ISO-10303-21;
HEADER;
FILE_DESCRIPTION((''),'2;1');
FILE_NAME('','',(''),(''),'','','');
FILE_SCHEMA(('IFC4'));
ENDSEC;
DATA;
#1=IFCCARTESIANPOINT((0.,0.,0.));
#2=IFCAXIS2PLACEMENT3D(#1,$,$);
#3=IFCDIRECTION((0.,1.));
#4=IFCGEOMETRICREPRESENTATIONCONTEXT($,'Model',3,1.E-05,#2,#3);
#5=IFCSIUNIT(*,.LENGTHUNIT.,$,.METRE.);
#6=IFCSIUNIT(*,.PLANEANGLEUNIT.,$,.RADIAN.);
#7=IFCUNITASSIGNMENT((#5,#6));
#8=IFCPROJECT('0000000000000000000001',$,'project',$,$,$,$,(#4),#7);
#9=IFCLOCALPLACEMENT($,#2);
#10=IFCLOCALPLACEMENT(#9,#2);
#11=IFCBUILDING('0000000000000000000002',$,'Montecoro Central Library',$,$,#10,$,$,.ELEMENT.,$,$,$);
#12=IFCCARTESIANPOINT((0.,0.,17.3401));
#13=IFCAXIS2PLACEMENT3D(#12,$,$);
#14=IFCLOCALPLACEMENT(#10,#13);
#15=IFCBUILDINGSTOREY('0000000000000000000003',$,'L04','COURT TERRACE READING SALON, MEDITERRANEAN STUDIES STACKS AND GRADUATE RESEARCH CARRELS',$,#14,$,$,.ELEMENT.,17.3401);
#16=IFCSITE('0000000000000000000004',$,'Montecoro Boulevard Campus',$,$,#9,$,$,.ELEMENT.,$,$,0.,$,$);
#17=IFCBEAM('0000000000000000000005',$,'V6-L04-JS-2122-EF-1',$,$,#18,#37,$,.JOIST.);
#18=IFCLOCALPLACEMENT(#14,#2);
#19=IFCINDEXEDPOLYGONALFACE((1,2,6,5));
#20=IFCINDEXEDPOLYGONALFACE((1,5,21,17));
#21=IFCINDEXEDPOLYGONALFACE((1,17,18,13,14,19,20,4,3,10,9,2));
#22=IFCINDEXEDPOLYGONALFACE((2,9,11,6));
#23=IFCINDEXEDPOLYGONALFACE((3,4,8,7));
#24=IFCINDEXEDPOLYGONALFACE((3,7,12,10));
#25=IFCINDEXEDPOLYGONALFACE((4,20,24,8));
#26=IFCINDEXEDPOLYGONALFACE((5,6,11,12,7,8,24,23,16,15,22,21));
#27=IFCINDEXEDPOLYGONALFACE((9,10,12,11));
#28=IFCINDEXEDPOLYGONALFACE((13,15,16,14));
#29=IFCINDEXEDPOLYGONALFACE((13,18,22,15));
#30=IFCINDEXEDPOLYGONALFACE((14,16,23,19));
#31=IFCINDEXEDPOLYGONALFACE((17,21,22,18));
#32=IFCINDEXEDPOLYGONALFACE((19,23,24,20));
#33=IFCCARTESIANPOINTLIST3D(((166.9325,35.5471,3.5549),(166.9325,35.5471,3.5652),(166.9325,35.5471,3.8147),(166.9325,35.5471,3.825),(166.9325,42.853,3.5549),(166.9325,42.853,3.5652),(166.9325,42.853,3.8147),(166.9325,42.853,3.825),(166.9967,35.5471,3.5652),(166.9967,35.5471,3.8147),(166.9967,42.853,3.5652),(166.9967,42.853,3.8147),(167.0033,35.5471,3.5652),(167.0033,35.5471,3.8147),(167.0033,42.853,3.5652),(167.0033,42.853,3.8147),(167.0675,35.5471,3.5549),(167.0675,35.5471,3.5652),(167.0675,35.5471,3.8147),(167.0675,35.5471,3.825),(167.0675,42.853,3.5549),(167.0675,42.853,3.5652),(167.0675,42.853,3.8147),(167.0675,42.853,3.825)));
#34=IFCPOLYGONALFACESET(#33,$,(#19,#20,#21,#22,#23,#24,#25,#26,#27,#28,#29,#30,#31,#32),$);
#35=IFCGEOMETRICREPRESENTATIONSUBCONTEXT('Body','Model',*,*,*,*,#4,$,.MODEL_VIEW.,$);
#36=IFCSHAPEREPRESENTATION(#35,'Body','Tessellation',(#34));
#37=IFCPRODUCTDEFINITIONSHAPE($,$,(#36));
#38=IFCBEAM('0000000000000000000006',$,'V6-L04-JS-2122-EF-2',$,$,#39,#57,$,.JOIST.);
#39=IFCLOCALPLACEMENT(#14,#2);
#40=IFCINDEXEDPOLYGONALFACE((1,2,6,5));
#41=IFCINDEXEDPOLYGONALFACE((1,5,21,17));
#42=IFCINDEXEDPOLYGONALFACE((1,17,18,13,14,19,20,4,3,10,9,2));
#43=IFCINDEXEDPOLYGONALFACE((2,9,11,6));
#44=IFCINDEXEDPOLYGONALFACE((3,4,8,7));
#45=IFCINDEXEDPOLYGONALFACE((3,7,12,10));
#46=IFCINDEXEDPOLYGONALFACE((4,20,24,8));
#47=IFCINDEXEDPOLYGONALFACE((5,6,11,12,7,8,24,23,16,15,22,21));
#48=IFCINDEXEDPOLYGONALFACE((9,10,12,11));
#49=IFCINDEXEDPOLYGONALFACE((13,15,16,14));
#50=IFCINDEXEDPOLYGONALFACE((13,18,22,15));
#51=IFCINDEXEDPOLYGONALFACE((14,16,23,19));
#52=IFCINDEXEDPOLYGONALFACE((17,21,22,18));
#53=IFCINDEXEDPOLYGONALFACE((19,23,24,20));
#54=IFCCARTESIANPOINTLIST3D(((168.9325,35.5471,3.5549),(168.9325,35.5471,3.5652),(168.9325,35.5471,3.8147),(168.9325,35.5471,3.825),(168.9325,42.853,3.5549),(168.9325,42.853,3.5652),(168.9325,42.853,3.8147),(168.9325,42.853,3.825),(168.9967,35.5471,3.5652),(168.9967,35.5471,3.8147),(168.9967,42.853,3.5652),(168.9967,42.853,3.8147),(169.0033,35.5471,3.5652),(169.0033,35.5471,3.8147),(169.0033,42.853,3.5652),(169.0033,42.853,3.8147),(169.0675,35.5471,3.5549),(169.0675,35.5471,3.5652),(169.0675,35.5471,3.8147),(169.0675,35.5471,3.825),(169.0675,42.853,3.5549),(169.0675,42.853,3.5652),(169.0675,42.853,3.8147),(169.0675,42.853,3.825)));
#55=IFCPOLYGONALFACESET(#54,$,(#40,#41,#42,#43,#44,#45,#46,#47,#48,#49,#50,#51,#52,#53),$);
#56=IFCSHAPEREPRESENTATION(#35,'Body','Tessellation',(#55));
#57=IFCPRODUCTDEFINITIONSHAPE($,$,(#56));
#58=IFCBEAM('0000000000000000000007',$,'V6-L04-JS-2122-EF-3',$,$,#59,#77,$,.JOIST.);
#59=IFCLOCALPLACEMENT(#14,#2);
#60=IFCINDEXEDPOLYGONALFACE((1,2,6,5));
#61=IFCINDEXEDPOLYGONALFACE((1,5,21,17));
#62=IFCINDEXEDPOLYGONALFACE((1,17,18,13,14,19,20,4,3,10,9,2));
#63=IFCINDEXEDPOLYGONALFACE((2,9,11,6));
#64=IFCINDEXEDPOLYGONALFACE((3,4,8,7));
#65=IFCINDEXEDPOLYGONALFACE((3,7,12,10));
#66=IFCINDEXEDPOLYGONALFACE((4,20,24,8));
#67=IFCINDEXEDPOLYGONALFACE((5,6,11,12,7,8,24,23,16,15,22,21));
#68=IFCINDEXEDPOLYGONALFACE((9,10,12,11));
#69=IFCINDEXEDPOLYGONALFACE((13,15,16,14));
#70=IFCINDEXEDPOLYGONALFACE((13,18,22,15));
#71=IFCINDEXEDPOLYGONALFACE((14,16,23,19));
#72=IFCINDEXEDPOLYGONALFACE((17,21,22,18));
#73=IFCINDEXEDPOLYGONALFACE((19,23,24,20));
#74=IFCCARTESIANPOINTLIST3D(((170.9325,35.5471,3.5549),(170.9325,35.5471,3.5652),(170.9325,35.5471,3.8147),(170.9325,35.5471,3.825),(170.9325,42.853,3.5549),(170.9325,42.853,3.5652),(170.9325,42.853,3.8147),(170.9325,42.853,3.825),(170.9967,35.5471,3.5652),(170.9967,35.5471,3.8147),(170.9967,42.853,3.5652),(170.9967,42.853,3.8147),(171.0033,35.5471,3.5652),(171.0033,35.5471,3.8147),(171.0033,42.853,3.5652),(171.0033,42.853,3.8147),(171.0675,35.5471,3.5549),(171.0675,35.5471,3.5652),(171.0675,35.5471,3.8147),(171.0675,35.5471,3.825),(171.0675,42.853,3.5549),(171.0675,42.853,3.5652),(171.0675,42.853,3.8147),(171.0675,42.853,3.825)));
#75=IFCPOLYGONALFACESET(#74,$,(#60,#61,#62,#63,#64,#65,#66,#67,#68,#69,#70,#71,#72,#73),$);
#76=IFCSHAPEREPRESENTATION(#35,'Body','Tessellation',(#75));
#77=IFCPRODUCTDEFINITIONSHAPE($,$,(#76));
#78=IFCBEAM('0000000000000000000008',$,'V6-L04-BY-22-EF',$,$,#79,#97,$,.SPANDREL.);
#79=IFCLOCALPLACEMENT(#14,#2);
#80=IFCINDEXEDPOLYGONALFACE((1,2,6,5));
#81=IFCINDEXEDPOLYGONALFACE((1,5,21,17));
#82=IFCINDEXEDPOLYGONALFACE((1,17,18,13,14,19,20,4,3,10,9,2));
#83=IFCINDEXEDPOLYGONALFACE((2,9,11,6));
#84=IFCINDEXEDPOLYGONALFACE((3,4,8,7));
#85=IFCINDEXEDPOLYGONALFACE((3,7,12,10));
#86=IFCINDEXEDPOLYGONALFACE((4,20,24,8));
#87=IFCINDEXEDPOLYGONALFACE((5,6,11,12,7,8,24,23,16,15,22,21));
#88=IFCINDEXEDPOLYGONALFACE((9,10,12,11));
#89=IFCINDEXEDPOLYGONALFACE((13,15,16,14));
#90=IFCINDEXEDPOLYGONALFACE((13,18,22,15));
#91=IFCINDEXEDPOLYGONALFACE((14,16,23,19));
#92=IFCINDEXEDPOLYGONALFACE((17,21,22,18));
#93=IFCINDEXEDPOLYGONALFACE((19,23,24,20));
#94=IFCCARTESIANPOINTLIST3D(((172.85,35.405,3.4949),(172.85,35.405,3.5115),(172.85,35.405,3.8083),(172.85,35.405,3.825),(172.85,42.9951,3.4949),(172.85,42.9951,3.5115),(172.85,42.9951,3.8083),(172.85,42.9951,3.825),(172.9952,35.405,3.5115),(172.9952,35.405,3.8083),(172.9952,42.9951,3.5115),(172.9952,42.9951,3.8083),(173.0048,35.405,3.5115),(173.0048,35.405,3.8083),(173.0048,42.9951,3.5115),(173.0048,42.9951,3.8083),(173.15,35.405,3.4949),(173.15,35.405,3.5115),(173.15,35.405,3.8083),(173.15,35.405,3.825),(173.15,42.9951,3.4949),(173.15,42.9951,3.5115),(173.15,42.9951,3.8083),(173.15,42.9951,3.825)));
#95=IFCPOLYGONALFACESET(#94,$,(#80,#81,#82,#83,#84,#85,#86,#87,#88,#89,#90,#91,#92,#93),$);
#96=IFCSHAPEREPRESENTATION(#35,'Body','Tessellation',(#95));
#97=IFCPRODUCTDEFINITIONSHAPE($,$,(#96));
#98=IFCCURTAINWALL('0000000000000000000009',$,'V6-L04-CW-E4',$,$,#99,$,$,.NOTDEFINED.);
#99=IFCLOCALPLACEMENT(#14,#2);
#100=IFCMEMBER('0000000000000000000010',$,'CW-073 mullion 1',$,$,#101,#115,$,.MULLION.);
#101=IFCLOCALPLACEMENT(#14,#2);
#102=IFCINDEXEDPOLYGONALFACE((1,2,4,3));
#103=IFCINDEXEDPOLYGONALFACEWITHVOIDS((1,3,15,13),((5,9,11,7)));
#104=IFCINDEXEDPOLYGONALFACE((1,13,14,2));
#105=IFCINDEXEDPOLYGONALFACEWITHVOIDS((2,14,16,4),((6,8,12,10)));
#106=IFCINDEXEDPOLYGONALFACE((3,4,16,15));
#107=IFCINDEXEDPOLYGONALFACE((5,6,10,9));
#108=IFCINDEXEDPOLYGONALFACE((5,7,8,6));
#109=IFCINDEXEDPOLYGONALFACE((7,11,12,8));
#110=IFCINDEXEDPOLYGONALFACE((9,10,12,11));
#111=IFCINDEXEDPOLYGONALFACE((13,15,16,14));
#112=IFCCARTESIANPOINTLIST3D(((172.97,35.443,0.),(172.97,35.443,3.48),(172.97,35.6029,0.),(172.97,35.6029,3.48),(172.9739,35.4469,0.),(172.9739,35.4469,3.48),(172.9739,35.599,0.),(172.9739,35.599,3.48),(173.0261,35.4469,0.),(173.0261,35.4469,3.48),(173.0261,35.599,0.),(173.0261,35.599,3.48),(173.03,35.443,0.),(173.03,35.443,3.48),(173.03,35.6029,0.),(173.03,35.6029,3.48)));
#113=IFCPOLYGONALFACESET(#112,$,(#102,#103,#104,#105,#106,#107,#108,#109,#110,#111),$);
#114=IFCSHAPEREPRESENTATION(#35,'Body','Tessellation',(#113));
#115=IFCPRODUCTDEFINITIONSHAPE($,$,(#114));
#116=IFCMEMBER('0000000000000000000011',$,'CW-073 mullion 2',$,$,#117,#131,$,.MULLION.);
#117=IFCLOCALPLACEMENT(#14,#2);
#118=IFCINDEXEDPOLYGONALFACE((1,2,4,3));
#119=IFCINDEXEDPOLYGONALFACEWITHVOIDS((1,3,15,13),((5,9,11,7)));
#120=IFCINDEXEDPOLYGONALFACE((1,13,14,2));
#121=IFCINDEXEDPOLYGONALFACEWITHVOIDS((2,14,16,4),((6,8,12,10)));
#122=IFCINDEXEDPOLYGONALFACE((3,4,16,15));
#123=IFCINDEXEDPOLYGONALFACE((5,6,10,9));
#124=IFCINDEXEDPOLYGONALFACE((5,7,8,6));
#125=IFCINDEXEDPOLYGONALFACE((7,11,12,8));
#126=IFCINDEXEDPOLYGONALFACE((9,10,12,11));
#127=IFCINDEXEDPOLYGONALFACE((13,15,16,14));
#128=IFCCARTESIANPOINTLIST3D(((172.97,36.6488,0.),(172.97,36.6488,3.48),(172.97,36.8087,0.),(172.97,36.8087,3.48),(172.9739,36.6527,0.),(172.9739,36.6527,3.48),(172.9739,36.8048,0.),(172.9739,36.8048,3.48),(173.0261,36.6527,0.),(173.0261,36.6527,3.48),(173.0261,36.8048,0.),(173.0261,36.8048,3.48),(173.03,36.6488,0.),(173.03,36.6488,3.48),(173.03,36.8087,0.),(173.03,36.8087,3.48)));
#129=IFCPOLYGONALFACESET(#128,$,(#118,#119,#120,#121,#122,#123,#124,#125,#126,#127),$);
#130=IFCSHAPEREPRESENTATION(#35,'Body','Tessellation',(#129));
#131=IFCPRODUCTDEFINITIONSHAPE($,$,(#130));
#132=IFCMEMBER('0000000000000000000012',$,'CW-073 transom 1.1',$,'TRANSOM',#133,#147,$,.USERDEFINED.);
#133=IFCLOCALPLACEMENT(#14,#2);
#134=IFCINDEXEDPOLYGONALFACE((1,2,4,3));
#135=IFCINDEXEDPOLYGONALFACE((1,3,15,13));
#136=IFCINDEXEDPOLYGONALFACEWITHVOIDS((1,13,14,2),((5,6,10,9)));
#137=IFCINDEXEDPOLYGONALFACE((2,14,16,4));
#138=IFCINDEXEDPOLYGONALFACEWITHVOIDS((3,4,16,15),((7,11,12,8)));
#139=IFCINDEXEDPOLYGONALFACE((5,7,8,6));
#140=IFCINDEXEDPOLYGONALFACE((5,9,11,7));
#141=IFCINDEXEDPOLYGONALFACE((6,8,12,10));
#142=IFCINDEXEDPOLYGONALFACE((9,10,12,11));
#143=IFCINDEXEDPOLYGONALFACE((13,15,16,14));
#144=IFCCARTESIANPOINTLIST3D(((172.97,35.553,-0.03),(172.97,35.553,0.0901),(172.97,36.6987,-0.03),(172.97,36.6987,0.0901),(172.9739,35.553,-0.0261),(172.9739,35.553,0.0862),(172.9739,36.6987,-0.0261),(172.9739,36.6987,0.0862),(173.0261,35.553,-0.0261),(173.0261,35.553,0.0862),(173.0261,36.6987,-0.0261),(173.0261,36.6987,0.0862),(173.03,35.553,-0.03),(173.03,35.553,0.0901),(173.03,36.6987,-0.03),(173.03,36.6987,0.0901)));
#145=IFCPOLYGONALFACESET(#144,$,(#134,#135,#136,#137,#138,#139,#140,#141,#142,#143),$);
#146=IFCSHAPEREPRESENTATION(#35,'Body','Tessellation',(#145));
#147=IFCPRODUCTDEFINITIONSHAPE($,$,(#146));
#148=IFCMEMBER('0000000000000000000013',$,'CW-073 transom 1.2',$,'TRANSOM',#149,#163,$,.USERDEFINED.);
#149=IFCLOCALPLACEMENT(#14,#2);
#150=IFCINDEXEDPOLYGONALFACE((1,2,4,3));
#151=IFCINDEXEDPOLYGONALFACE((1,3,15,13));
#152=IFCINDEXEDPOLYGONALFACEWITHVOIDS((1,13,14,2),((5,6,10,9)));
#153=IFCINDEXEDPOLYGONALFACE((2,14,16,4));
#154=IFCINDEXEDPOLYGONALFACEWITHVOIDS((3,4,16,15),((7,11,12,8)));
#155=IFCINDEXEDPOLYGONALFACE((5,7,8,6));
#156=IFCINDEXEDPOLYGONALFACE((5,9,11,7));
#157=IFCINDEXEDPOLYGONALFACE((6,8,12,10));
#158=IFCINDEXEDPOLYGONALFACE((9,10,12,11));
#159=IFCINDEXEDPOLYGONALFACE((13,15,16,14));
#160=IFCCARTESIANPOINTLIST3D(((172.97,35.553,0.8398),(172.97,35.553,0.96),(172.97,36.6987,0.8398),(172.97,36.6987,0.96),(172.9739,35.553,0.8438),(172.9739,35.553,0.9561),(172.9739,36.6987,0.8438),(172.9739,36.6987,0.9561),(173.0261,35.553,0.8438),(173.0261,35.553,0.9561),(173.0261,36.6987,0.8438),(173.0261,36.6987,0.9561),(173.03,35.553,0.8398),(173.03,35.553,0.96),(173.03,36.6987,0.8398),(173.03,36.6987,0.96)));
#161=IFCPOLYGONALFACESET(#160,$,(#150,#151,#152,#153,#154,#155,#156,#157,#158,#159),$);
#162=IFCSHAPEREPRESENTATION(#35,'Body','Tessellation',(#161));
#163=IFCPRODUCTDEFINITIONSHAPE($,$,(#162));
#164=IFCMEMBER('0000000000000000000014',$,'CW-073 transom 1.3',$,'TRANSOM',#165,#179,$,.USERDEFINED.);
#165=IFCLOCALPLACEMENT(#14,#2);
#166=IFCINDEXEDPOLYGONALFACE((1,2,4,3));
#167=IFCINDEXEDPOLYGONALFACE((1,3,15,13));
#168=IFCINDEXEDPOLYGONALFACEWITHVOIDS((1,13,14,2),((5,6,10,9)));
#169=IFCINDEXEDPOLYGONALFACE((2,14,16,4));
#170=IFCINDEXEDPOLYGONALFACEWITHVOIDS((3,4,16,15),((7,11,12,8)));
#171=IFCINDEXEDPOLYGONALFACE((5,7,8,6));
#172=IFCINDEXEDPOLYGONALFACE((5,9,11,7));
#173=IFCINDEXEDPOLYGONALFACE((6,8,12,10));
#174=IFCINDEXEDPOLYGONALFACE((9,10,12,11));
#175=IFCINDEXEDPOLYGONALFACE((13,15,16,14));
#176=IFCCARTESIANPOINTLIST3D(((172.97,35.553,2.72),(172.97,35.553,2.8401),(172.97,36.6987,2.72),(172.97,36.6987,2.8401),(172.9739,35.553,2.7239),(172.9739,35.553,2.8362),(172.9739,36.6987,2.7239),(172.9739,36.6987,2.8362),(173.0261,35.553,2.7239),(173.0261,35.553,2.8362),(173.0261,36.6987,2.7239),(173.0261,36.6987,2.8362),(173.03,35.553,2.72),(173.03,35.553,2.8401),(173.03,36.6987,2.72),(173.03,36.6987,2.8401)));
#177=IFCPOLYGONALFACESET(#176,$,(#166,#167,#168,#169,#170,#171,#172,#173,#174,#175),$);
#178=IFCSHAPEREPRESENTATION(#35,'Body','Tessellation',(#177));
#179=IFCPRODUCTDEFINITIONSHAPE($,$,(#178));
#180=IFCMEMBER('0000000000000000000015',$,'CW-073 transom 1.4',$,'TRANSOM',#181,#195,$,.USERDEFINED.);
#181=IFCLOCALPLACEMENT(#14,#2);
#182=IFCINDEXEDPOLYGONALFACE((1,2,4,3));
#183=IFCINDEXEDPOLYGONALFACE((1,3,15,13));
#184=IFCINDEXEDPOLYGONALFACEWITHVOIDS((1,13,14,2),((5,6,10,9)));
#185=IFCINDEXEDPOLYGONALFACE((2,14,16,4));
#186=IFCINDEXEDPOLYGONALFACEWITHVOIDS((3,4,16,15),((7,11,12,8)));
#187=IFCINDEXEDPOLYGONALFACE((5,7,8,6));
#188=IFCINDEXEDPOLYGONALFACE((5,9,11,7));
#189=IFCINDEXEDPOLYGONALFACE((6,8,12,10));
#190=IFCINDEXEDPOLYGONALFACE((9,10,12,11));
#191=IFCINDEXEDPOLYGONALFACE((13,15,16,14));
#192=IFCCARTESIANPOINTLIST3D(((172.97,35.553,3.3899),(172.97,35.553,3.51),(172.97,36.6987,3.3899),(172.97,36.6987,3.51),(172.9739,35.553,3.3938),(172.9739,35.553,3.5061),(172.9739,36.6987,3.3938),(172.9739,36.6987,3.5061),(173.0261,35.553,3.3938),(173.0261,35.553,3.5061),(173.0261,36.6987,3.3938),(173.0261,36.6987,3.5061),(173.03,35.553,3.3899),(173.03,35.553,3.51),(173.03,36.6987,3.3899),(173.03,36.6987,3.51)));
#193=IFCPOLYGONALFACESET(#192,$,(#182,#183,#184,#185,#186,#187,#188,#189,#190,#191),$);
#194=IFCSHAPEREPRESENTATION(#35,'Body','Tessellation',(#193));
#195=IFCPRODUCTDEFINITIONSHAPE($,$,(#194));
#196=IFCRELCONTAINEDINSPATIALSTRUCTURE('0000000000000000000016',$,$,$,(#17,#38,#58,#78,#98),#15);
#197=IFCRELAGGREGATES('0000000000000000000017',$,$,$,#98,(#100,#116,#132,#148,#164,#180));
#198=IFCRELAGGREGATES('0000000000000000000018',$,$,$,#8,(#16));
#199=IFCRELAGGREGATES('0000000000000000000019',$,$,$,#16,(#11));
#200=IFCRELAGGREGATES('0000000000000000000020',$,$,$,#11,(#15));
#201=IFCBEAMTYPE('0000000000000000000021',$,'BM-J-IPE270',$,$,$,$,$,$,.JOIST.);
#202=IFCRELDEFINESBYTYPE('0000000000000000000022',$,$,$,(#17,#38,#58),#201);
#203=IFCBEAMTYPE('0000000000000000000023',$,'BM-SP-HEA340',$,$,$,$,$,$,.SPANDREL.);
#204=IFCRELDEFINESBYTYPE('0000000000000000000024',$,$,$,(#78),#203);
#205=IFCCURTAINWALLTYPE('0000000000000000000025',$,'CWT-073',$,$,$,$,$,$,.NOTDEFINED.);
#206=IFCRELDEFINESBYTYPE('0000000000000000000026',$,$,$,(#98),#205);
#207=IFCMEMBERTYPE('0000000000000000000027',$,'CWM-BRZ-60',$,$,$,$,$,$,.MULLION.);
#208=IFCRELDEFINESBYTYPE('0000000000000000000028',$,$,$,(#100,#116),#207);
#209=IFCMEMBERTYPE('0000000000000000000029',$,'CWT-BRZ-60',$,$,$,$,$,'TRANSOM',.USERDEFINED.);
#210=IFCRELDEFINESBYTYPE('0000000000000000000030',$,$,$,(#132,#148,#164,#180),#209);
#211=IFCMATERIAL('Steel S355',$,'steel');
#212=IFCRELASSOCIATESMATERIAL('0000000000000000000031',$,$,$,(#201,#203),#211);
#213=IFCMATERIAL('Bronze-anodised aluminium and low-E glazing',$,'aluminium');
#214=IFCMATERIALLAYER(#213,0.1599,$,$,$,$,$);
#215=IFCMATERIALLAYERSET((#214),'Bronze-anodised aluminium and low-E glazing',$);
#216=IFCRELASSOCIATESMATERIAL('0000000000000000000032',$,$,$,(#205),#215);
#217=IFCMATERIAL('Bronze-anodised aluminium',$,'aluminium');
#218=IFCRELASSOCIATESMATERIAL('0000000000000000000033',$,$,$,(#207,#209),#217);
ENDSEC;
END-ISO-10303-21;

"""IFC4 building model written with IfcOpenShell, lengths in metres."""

from ifc_helpers import new_model, si_unit, direction, frame, origin, origin_2d, place, context, subcontext, project, spatial, hollow_rectangle, i_section, extrude, material, layer, layer_set, material_profile, profile_set, type_object, element, aggregate, save


model = new_model("IFC4")

# Units and contexts
model_context = context("Model", 3, precision=1e-05, world=origin(), true_north=direction((0.0, 1.0)))
body_context = subcontext(model_context, "Body", "Model", "MODEL_VIEW")
ifc_project = project(units=[si_unit("LENGTHUNIT", "METRE"), si_unit("PLANEANGLEUNIT", "RADIAN")], contexts=[model_context])

# Site, building, storey
site_placement = place(None, origin())
site = spatial("IfcSite", under=ifc_project, at=site_placement, Name="Montecoro Boulevard Campus", CompositionType="ELEMENT", RefElevation=0.0)
building_placement = place(site_placement, origin())
building = spatial("IfcBuilding", under=site, at=building_placement, Name="Montecoro Central Library", CompositionType="ELEMENT")
storey_placement = place(building_placement, frame((0.0, 0.0, 17.3401)))
storey = spatial("IfcBuildingStorey", under=building, at=storey_placement, Name="L04", Description="COURT TERRACE READING SALON, MEDITERRANEAN STUDIES STACKS AND GRADUATE RESEARCH CARRELS", CompositionType="ELEMENT", Elevation=17.3401)

# Beams
ifc_material_1 = material(Name="Steel S355", Category="steel")
ifc_material_profile_1 = material_profile(ifc_material_1, i_section(OverallWidth=0.135, OverallDepth=0.27, WebThickness=0.0066, FlangeThickness=0.0103, at=origin_2d()), Name="IPE 270")
ifc_profile_set_1 = profile_set([ifc_material_profile_1], Name="Steel S355")
beam_type_1 = type_object("IfcBeamType", Name="BM-J-IPE270", PredefinedType="JOIST", material=ifc_profile_set_1)
for number, where, z_axis, x_axis, name in (
    (1, (167.0, 35.5471, 3.6899), (0.0, 1.0, 0.0), (-1.0, 0.0, 0.0), "V6-L04-JS-2122-EF-1"),
    (2, (169.0, 35.5471, 3.6899), (0.0, 1.0, 0.0), (-1.0, 0.0, 0.0), "V6-L04-JS-2122-EF-2"),
    (3, (171.0, 35.5471, 3.6899), (0.0, 1.0, 0.0), (-1.0, 0.0, 0.0), "V6-L04-JS-2122-EF-3"),
):
    element("IfcBeam", number, at=place(storey_placement, frame(where, z_axis=z_axis, x_axis=x_axis)), inside=storey, type_object=beam_type_1, Name=name, PredefinedType="JOIST", context=body_context, shape_type="SweptSolid", body=[
        extrude(i_section(OverallWidth=0.135, OverallDepth=0.27, WebThickness=0.0066, FlangeThickness=0.0103, at=origin_2d()), origin(), (0.0, 0.0, 1.0), 7.3059),
    ])
ifc_material_profile_2 = material_profile(ifc_material_1, i_section(OverallWidth=0.3, OverallDepth=0.3301, WebThickness=0.0095, FlangeThickness=0.0166, at=origin_2d()), Name="HEA 340")
ifc_profile_set_2 = profile_set([ifc_material_profile_2], Name="Steel S355")
beam_type_2 = type_object("IfcBeamType", Name="BM-SP-HEA340", PredefinedType="SPANDREL", material=ifc_profile_set_2)
beam_placement = place(storey_placement, frame((173.0, 35.405, 3.6599), z_axis=(0.0, 1.0, 0.0), x_axis=(-1.0, 0.0, 0.0)))
element("IfcBeam", 4, at=beam_placement, inside=storey, type_object=beam_type_2, Name="V6-L04-BY-22-EF", PredefinedType="SPANDREL", context=body_context, shape_type="SweptSolid", body=[
    extrude(i_section(OverallWidth=0.3, OverallDepth=0.3301, WebThickness=0.0095, FlangeThickness=0.0166, at=origin_2d()), origin(), (0.0, 0.0, 1.0), 7.5901),
])

# Curtain wall, members
ifc_material_2 = material(Name="Bronze-anodised aluminium and low-E glazing", Category="aluminium")
ifc_layer_1 = layer(ifc_material_2, 0.1599)
ifc_layer_set_1 = layer_set([ifc_layer_1], Name="Bronze-anodised aluminium and low-E glazing")
curtain_wall_type = type_object("IfcCurtainWallType", Name="CWT-073", PredefinedType="NOTDEFINED", material=ifc_layer_set_1)
curtain_wall_placement = place(storey_placement, origin())
curtain_wall = element("IfcCurtainWall", 5, at=curtain_wall_placement, inside=storey, type_object=curtain_wall_type, Name="V6-L04-CW-E4", PredefinedType="NOTDEFINED")
ifc_material_3 = material(Name="Bronze-anodised aluminium", Category="aluminium")
ifc_material_profile_3 = material_profile(ifc_material_3, hollow_rectangle(XDim=0.0601, YDim=0.1599, WallThickness=0.0039, at=origin_2d()), Name="CWM 160x60x4.0")
ifc_profile_set_3 = profile_set([ifc_material_profile_3], Name="Bronze-anodised aluminium")
member_type_1 = type_object("IfcMemberType", Name="CWM-BRZ-60", PredefinedType="MULLION", material=ifc_profile_set_3)
member_1_placement = place(storey_placement, frame((173.0, 35.5229, 0.0), z_axis=(0.0, 0.0, 1.0), x_axis=(-1.0, 0.0, 0.0)))
member_1 = element("IfcMember", 6, at=member_1_placement, type_object=member_type_1, Name="CW-073 mullion 1", PredefinedType="MULLION", context=body_context, shape_type="SweptSolid", body=[
    extrude(hollow_rectangle(XDim=0.0601, YDim=0.1599, WallThickness=0.0039, at=origin_2d()), origin(), (0.0, 0.0, 1.0), 3.48),
])
member_2_placement = place(storey_placement, frame((173.0, 36.7288, 0.0), z_axis=(0.0, 0.0, 1.0), x_axis=(-1.0, 0.0, 0.0)))
member_2 = element("IfcMember", 7, at=member_2_placement, type_object=member_type_1, Name="CW-073 mullion 2", PredefinedType="MULLION", context=body_context, shape_type="SweptSolid", body=[
    extrude(hollow_rectangle(XDim=0.0601, YDim=0.1599, WallThickness=0.0039, at=origin_2d()), origin(), (0.0, 0.0, 1.0), 3.48),
])
ifc_material_profile_4 = material_profile(ifc_material_3, hollow_rectangle(XDim=0.0601, YDim=0.1201, WallThickness=0.0039, at=origin_2d()), Name="CWT 120x60x4.0")
ifc_profile_set_4 = profile_set([ifc_material_profile_4], Name="Bronze-anodised aluminium")
member_type_2 = type_object("IfcMemberType", Name="CWT-BRZ-60", ElementType="TRANSOM", PredefinedType="USERDEFINED", material=ifc_profile_set_4)
member_3_placement = place(storey_placement, frame((173.0, 35.553, 0.03), z_axis=(0.0, 1.0, 0.0), x_axis=(-1.0, 0.0, 0.0)))
member_3 = element("IfcMember", 8, at=member_3_placement, type_object=member_type_2, Name="CW-073 transom 1.1", ObjectType="TRANSOM", PredefinedType="USERDEFINED", context=body_context, shape_type="SweptSolid", body=[
    extrude(hollow_rectangle(XDim=0.0601, YDim=0.1201, WallThickness=0.0039, at=origin_2d()), origin(), (0.0, 0.0, 1.0), 1.1458),
])
member_4_placement = place(storey_placement, frame((173.0, 35.553, 0.8999), z_axis=(0.0, 1.0, 0.0), x_axis=(-1.0, 0.0, 0.0)))
member_4 = element("IfcMember", 9, at=member_4_placement, type_object=member_type_2, Name="CW-073 transom 1.2", ObjectType="TRANSOM", PredefinedType="USERDEFINED", context=body_context, shape_type="SweptSolid", body=[
    extrude(hollow_rectangle(XDim=0.0601, YDim=0.1201, WallThickness=0.0039, at=origin_2d()), origin(), (0.0, 0.0, 1.0), 1.1458),
])
member_5_placement = place(storey_placement, frame((173.0, 35.553, 2.78), z_axis=(0.0, 1.0, 0.0), x_axis=(-1.0, 0.0, 0.0)))
member_5 = element("IfcMember", 10, at=member_5_placement, type_object=member_type_2, Name="CW-073 transom 1.3", ObjectType="TRANSOM", PredefinedType="USERDEFINED", context=body_context, shape_type="SweptSolid", body=[
    extrude(hollow_rectangle(XDim=0.0601, YDim=0.1201, WallThickness=0.0039, at=origin_2d()), origin(), (0.0, 0.0, 1.0), 1.1458),
])
member_6_placement = place(storey_placement, frame((173.0, 35.553, 3.45), z_axis=(0.0, 1.0, 0.0), x_axis=(-1.0, 0.0, 0.0)))
member_6 = element("IfcMember", 11, at=member_6_placement, type_object=member_type_2, Name="CW-073 transom 1.4", ObjectType="TRANSOM", PredefinedType="USERDEFINED", context=body_context, shape_type="SweptSolid", body=[
    extrude(hollow_rectangle(XDim=0.0601, YDim=0.1201, WallThickness=0.0039, at=origin_2d()), origin(), (0.0, 0.0, 1.0), 1.1458),
])
aggregate(curtain_wall, [member_1, member_2, member_3, member_4, member_5, member_6])

save(model, "model.ifc")
